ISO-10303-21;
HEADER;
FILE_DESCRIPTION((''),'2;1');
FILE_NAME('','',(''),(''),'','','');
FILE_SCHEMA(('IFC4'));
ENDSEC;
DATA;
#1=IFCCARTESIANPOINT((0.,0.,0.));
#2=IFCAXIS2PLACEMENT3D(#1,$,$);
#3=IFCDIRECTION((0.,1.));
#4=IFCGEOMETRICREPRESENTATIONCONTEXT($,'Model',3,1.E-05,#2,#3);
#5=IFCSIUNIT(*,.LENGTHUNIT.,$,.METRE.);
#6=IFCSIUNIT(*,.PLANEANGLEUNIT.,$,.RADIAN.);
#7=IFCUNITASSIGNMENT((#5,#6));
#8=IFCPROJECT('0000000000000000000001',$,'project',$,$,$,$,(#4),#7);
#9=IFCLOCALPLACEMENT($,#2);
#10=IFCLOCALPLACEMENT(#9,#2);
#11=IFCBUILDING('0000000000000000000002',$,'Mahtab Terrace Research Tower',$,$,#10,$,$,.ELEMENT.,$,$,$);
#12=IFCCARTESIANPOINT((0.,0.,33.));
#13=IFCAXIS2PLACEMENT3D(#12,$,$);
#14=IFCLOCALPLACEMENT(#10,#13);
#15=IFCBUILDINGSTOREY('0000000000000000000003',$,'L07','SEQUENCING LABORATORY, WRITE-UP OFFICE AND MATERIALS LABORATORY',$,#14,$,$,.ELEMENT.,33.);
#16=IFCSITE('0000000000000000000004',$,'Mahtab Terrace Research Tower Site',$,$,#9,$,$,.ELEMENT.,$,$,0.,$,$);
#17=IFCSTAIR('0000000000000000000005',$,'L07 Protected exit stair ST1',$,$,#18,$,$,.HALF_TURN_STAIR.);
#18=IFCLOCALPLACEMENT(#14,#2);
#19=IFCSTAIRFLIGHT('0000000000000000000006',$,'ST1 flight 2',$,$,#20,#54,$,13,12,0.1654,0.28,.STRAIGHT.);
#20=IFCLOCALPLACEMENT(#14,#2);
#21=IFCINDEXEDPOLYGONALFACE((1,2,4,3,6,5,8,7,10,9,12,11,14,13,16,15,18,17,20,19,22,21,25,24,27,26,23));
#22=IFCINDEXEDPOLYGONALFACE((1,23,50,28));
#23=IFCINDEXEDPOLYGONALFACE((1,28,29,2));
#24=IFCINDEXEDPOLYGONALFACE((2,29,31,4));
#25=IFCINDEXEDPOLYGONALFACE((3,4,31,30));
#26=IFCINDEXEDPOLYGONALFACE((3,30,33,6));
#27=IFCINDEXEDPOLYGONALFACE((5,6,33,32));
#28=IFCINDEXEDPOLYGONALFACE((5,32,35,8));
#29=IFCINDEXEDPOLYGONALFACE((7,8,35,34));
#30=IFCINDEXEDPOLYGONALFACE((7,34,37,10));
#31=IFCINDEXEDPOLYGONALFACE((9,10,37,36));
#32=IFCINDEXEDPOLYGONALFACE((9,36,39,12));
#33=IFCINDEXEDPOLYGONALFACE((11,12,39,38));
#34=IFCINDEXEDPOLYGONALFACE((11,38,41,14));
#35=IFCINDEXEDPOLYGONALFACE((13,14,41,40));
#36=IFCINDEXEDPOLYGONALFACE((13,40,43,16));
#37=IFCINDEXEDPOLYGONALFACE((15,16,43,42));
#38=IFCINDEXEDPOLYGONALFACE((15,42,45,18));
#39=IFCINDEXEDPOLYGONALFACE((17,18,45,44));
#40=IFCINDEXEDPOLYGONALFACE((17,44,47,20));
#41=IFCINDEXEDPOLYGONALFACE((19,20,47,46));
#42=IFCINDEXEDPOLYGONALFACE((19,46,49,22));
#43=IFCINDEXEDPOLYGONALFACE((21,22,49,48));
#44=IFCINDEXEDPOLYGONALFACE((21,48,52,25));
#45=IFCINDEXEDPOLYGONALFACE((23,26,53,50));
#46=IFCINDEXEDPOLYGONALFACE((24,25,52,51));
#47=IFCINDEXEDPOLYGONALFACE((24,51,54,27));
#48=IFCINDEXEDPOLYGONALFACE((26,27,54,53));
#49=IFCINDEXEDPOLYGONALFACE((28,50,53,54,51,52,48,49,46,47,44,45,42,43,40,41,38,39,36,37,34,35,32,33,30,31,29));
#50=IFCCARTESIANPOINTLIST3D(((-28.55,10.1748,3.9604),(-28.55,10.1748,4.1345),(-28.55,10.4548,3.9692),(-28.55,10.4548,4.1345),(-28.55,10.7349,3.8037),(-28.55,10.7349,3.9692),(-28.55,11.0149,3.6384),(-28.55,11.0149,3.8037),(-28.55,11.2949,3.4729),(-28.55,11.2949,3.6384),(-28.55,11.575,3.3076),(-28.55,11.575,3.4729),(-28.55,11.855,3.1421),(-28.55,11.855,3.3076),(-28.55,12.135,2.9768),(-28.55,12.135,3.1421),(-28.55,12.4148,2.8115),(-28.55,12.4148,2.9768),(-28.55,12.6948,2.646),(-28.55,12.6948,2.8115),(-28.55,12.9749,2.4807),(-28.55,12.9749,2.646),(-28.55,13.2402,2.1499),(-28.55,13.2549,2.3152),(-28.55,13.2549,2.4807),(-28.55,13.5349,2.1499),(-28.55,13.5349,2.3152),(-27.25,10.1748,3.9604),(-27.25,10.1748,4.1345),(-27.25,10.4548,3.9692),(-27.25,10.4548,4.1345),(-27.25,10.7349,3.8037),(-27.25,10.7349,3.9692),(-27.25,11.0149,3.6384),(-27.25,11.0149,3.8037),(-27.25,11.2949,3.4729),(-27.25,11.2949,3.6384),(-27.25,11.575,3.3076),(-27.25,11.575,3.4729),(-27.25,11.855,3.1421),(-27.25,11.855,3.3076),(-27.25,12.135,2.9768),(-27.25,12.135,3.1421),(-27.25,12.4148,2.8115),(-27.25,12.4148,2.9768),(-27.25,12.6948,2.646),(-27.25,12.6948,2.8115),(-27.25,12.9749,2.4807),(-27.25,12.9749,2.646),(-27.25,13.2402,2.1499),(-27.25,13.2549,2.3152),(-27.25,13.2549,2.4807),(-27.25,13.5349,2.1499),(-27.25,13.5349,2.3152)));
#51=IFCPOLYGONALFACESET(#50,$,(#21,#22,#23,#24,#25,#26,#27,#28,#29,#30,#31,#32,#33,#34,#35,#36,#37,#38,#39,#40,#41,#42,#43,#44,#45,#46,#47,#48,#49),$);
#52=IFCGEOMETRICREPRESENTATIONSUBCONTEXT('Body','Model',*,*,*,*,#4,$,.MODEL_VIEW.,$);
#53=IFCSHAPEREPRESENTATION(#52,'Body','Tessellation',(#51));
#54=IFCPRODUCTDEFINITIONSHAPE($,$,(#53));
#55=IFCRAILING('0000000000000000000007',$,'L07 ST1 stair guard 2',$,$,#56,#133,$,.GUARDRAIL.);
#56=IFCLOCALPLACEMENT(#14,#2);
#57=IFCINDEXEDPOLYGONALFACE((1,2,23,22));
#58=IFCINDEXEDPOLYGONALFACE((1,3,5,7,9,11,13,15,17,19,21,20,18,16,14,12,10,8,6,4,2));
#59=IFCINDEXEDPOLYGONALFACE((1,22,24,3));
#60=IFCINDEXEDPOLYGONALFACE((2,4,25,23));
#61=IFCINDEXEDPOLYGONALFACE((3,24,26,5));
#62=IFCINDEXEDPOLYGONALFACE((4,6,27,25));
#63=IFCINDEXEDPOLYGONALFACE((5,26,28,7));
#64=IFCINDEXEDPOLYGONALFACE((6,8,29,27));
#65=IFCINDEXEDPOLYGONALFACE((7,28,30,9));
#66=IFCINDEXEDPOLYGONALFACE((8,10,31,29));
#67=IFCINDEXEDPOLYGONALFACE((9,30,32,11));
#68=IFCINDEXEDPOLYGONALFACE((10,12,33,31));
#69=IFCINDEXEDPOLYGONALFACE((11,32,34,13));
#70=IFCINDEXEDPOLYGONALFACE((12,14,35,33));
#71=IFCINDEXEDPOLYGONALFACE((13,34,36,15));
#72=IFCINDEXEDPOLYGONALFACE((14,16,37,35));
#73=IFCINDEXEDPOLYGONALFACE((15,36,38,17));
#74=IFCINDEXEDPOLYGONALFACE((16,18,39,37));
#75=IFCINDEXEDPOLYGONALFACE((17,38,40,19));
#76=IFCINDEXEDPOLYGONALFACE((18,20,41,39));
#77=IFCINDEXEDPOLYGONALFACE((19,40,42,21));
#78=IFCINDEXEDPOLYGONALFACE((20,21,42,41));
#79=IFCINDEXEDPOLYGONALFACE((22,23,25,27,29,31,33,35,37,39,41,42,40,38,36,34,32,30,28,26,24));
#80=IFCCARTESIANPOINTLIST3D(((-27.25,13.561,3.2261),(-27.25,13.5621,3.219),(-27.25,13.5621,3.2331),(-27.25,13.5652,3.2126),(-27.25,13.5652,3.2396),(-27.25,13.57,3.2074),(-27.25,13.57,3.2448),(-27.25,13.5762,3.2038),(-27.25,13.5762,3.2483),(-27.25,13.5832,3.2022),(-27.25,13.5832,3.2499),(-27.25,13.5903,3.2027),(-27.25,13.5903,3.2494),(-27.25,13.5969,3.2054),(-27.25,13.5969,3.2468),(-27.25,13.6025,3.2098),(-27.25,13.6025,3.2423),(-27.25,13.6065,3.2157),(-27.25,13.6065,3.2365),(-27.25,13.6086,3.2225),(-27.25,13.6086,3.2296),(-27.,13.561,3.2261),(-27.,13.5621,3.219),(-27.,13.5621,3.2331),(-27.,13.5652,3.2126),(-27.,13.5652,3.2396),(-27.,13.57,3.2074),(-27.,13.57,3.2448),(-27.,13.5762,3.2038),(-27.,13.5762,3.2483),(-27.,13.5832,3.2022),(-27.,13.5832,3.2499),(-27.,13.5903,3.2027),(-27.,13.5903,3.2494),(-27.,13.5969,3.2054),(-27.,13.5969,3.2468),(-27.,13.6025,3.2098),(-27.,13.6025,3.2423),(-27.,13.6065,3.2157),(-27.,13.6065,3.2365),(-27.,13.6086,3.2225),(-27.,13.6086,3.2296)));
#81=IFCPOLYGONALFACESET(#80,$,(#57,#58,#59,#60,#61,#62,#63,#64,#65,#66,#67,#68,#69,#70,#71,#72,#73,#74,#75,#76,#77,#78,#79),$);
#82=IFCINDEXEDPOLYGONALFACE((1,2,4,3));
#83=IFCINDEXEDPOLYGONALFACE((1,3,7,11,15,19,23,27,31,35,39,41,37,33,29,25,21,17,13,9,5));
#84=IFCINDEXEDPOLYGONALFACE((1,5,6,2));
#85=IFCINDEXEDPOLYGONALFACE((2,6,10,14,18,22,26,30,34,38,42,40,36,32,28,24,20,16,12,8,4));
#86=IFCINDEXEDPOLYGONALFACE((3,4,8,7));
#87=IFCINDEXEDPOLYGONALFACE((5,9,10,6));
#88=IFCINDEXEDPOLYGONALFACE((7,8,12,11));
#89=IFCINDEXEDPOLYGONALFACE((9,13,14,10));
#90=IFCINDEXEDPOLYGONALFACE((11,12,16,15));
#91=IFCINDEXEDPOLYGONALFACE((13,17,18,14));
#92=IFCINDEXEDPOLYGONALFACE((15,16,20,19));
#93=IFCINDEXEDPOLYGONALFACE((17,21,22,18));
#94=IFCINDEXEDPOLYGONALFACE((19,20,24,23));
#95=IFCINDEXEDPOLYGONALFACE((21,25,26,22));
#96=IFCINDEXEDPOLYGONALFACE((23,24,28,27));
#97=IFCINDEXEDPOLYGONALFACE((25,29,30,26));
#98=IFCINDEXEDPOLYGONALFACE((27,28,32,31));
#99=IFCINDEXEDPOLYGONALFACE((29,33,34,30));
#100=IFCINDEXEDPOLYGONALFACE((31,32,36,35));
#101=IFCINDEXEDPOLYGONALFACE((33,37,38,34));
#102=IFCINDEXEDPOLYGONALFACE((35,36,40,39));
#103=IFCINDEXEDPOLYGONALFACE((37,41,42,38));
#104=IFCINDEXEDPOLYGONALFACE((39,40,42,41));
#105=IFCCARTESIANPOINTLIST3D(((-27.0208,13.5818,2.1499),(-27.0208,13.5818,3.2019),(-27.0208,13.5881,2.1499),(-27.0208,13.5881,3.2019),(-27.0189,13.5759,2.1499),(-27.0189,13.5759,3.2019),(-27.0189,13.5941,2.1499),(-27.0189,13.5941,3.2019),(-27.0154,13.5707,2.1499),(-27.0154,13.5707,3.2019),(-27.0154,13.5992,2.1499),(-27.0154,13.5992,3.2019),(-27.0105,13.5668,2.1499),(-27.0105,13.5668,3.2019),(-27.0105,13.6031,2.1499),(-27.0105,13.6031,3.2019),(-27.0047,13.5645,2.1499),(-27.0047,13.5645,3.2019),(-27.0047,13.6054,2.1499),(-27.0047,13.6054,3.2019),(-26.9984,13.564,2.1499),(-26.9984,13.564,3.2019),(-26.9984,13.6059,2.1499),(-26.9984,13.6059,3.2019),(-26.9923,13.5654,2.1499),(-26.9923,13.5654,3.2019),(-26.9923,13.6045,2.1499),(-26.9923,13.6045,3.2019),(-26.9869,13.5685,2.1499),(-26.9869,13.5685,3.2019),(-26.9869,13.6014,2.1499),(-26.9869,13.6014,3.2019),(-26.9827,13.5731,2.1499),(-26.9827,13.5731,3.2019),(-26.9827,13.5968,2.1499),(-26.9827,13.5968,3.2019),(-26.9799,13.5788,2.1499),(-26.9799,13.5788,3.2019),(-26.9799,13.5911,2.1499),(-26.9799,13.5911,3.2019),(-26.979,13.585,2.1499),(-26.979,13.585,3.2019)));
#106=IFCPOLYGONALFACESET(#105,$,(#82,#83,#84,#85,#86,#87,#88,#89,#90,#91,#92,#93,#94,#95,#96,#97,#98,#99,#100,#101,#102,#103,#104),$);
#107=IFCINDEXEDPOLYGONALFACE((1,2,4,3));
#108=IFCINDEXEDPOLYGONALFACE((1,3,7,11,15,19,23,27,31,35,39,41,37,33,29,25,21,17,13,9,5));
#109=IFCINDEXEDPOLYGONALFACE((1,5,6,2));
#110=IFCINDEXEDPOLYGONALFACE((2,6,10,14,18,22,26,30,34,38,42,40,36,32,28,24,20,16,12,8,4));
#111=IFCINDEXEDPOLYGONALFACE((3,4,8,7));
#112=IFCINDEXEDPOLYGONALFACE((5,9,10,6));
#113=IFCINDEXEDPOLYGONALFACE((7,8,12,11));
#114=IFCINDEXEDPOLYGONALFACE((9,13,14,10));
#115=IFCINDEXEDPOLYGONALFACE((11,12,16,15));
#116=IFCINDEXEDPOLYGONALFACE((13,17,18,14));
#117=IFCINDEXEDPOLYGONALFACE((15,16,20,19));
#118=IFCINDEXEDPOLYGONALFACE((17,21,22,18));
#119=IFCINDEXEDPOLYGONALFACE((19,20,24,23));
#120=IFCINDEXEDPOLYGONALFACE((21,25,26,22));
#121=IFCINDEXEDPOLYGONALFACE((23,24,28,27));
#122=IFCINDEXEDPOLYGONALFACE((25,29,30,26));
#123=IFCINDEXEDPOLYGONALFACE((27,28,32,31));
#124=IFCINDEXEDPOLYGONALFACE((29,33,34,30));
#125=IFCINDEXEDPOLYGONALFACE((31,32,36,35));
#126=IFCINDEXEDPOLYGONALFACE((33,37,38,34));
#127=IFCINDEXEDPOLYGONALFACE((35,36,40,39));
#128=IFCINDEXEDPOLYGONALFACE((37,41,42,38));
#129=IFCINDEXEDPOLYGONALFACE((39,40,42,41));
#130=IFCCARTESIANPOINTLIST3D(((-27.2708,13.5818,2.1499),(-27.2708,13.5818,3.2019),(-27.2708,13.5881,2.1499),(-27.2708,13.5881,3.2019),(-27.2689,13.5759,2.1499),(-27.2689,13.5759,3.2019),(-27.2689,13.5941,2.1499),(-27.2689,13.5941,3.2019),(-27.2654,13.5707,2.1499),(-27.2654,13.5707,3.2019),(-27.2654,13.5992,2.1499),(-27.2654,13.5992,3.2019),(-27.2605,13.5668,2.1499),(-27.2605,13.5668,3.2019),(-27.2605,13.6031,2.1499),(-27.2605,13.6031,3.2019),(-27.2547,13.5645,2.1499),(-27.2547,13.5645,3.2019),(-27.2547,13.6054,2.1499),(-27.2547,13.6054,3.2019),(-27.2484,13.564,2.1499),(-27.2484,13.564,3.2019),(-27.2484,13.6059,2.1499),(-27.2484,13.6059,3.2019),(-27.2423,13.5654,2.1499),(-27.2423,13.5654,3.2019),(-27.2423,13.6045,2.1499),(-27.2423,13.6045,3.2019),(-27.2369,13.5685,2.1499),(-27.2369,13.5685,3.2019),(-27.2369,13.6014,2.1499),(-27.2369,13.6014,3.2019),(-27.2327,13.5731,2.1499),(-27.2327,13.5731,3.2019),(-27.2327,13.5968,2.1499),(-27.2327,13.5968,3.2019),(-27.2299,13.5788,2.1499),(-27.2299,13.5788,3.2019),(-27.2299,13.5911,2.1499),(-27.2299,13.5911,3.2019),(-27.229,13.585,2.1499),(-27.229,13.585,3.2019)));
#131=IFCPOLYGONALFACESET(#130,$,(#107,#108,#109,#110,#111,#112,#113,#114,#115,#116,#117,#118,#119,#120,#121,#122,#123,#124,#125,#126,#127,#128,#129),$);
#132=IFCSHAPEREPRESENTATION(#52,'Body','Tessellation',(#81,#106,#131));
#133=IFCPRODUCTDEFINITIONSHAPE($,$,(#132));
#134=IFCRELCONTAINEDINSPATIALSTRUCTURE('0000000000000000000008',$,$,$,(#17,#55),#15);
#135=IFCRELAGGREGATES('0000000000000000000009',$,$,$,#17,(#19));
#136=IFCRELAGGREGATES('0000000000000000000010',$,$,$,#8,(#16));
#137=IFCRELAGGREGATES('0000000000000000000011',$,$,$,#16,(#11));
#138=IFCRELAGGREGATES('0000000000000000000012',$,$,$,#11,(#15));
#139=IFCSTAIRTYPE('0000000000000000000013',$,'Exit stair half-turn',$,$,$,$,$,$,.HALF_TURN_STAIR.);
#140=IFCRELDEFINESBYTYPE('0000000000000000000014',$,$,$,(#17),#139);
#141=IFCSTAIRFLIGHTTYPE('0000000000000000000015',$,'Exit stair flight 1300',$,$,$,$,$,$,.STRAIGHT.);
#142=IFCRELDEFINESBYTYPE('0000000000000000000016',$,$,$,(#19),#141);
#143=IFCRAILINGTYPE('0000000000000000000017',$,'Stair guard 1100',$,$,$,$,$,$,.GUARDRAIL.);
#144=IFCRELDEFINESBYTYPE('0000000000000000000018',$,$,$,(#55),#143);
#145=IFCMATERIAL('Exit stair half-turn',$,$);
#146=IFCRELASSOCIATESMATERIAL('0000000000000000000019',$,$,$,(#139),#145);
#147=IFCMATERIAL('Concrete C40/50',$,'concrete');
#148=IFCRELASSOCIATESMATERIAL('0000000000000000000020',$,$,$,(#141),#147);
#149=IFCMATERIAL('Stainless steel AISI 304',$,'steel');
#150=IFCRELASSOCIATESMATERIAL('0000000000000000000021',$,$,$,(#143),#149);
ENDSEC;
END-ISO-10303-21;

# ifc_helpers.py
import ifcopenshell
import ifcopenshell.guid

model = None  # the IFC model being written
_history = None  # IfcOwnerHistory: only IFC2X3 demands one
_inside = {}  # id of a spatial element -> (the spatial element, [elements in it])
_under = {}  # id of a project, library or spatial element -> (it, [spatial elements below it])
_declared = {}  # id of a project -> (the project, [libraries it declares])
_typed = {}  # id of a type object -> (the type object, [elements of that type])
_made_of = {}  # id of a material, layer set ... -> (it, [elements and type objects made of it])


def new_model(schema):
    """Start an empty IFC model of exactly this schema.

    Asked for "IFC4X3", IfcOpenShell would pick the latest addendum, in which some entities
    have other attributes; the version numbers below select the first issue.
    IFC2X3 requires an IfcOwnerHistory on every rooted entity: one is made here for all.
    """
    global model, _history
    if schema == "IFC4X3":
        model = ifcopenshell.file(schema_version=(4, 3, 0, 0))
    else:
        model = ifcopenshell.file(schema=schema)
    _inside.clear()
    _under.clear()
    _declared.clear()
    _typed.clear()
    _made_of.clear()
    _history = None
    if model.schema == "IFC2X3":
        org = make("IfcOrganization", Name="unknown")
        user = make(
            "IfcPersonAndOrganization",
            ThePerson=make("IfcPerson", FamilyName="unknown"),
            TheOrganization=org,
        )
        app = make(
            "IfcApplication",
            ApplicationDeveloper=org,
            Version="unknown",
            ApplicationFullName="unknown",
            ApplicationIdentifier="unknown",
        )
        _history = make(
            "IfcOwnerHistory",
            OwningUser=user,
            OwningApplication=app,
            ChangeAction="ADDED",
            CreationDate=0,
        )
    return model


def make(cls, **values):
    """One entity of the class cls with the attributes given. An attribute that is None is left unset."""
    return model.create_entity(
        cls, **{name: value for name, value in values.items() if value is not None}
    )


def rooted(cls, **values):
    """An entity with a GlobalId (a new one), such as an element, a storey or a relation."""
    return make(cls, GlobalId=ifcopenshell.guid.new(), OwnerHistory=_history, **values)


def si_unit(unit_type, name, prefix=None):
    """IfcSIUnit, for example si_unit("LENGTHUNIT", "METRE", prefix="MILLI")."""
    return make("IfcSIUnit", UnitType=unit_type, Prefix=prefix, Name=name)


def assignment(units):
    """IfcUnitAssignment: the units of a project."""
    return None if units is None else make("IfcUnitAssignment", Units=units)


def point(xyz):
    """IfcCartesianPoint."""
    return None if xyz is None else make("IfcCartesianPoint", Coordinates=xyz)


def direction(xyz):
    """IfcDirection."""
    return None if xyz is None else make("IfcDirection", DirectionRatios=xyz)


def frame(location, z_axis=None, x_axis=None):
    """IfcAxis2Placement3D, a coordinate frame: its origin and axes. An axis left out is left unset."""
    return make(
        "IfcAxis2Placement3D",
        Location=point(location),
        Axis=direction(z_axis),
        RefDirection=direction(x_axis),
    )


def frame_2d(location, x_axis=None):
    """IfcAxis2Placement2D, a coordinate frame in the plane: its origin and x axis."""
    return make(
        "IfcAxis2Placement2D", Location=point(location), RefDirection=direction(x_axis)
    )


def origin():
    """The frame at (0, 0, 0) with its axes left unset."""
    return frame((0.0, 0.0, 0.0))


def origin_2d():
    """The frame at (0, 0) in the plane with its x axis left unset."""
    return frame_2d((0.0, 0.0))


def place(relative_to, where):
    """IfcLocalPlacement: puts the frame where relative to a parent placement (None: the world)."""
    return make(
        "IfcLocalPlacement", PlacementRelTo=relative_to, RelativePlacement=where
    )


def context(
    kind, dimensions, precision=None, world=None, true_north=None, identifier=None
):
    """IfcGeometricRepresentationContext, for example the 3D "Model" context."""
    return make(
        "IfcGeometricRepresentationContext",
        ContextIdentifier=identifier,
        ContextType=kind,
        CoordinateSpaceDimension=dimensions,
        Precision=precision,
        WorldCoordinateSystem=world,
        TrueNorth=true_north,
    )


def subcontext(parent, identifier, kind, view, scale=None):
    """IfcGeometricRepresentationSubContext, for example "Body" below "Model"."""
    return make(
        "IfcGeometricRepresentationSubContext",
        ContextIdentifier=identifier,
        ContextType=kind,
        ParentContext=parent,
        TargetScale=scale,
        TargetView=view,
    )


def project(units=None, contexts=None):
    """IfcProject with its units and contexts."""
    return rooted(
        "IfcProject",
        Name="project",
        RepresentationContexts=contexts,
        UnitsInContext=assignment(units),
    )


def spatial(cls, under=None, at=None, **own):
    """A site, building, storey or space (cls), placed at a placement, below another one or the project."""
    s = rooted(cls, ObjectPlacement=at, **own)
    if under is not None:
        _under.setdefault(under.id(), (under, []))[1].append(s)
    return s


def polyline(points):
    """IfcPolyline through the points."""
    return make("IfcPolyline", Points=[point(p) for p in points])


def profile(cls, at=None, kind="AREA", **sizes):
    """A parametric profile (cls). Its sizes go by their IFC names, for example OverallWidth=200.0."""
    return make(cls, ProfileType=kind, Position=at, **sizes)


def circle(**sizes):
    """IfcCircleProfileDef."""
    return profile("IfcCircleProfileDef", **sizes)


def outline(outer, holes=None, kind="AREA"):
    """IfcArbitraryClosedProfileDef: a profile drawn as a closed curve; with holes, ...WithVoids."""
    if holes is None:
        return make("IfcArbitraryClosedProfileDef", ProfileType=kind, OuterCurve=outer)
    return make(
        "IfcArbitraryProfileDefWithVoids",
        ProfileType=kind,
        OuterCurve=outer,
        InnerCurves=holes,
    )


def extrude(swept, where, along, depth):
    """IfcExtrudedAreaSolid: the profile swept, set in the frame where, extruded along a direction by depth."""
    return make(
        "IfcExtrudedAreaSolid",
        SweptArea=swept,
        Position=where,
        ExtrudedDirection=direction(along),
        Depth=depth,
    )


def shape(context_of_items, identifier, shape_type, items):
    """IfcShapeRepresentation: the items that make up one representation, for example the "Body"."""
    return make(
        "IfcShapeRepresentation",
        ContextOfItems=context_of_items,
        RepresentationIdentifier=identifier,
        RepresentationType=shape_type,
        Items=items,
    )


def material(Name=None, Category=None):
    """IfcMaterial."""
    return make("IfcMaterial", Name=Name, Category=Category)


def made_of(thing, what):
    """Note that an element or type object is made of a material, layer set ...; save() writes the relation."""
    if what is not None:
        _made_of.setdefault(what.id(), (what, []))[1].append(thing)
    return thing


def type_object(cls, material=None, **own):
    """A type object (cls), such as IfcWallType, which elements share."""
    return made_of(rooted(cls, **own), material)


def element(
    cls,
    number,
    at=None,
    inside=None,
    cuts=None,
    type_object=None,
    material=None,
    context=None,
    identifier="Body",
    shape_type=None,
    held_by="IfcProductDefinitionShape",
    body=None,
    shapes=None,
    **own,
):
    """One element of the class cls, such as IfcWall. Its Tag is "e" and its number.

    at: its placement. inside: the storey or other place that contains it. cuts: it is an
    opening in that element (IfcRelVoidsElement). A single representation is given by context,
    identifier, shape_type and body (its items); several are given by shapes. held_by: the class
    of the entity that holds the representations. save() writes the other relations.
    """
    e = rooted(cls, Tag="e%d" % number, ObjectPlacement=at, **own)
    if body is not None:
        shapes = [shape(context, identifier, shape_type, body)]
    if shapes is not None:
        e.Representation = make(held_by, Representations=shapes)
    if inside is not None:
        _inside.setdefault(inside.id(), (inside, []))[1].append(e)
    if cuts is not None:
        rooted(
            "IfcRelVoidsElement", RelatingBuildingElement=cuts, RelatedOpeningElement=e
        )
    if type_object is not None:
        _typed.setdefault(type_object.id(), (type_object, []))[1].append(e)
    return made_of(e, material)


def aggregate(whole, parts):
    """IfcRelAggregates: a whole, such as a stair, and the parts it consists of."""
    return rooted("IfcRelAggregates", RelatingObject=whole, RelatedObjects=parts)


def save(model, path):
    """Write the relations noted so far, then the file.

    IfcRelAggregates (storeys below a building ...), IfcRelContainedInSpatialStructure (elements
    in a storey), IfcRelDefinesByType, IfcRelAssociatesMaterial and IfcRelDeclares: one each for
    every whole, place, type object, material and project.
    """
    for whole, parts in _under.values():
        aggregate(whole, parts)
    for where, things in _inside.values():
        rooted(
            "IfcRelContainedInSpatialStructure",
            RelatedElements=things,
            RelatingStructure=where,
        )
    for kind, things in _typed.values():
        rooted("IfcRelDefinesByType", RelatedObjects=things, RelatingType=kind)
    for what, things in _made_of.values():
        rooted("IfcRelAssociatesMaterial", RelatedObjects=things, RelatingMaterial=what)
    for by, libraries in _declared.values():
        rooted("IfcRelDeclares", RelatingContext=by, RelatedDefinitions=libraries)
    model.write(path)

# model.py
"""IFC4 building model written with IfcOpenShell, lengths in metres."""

from ifc_helpers import new_model, si_unit, direction, frame, origin, origin_2d, place, context, subcontext, project, spatial, polyline, circle, outline, extrude, material, type_object, element, aggregate, save


model = new_model("IFC4")

# Units and contexts
model_context = context("Model", 3, precision=1e-05, world=origin(), true_north=direction((0.0, 1.0)))
body_context = subcontext(model_context, "Body", "Model", "MODEL_VIEW")
ifc_project = project(units=[si_unit("LENGTHUNIT", "METRE"), si_unit("PLANEANGLEUNIT", "RADIAN")], contexts=[model_context])

# Site, building, storey
site_placement = place(None, origin())
site = spatial("IfcSite", under=ifc_project, at=site_placement, Name="Mahtab Terrace Research Tower Site", CompositionType="ELEMENT", RefElevation=0.0)
building_placement = place(site_placement, origin())
building = spatial("IfcBuilding", under=site, at=building_placement, Name="Mahtab Terrace Research Tower", CompositionType="ELEMENT")
storey_placement = place(building_placement, frame((0.0, 0.0, 33.0)))
storey = spatial("IfcBuildingStorey", under=building, at=storey_placement, Name="L07", Description="SEQUENCING LABORATORY, WRITE-UP OFFICE AND MATERIALS LABORATORY", CompositionType="ELEMENT", Elevation=33.0)

# Shared definitions
ifc_material_1 = material(Name="Stainless steel AISI 304", Category="steel")

# Stair, stair flight
ifc_material_2 = material(Name="Exit stair half-turn")
stair_type = type_object("IfcStairType", Name="Exit stair half-turn", PredefinedType="HALF_TURN_STAIR", material=ifc_material_2)
stair_placement = place(storey_placement, origin())
stair = element("IfcStair", 1, at=stair_placement, inside=storey, type_object=stair_type, Name="L07 Protected exit stair ST1", PredefinedType="HALF_TURN_STAIR")
ifc_material_3 = material(Name="Concrete C40/50", Category="concrete")
stair_flight_type = type_object("IfcStairFlightType", Name="Exit stair flight 1300", PredefinedType="STRAIGHT", material=ifc_material_3)
stair_flight_placement = place(storey_placement, frame((-27.8999, 13.5349, 2.1499), z_axis=(0.0, 0.0, 1.0), x_axis=(0.0, -1.0, 0.0)))
stair_flight = element("IfcStairFlight", 2, at=stair_flight_placement, type_object=stair_flight_type, Name="ST1 flight 2", NumberOfRisers=13, NumberOfTreads=12, PredefinedType="STRAIGHT", RiserHeight=0.1654, TreadLength=0.28, context=body_context, shape_type="SweptSolid", body=[
    extrude(outline(polyline([(0.0, 0.0), (0.0, 0.1653), (0.28, 0.1653), (0.28, 0.3308), (0.5601, 0.3308), (0.5601, 0.4961), (0.8401, 0.4961), (0.8401, 0.6616), (1.1201, 0.6616), (1.1201, 0.8269), (1.3999, 0.8269), (1.3999, 0.9922), (1.6799, 0.9922), (1.6799, 1.1577), (1.96, 1.1577), (1.96, 1.323), (2.24, 1.323), (2.24, 1.4885), (2.52, 1.4885), (2.52, 1.6538), (2.8, 1.6538), (2.8, 1.8193), (3.0801, 1.8193), (3.0801, 1.9846), (3.3601, 1.9846), (3.3601, 2.1499), (3.3601, 1.8105), (0.2947, 0.0), (0.0, 0.0)])), frame((0.0, 0.6499, 0.0), z_axis=(0.0, -1.0, 0.0), x_axis=(1.0, 0.0, 0.0)), (0.0, 0.0, 1.0), 1.3),
])
aggregate(stair, [stair_flight])

# Railing
railing_type = type_object("IfcRailingType", Name="Stair guard 1100", PredefinedType="GUARDRAIL", material=ifc_material_1)
railing_1_placement = place(storey_placement, frame((-27.0, 13.585, 2.1499)))
element("IfcRailing", 3, at=railing_1_placement, inside=storey, type_object=railing_type, Name="L07 ST1 stair guard 2", PredefinedType="GUARDRAIL", context=body_context, shape_type="SweptSolid", body=[
    extrude(circle(Radius=0.0239, at=origin_2d()), frame((0.0, 0.0, 1.0762), z_axis=(-1.0, 0.0, 0.0), x_axis=(0.0, -1.0, 0.0)), (0.0, 0.0, 1.0), 0.25),
    extrude(circle(Radius=0.021, at=origin_2d()), origin(), (0.0, 0.0, 1.0), 1.052),
    extrude(circle(Radius=0.021, at=origin_2d()), frame((-0.25, 0.0, 0.0)), (0.0, 0.0, 1.0), 1.052),
])

save(model, "model.ifc")
